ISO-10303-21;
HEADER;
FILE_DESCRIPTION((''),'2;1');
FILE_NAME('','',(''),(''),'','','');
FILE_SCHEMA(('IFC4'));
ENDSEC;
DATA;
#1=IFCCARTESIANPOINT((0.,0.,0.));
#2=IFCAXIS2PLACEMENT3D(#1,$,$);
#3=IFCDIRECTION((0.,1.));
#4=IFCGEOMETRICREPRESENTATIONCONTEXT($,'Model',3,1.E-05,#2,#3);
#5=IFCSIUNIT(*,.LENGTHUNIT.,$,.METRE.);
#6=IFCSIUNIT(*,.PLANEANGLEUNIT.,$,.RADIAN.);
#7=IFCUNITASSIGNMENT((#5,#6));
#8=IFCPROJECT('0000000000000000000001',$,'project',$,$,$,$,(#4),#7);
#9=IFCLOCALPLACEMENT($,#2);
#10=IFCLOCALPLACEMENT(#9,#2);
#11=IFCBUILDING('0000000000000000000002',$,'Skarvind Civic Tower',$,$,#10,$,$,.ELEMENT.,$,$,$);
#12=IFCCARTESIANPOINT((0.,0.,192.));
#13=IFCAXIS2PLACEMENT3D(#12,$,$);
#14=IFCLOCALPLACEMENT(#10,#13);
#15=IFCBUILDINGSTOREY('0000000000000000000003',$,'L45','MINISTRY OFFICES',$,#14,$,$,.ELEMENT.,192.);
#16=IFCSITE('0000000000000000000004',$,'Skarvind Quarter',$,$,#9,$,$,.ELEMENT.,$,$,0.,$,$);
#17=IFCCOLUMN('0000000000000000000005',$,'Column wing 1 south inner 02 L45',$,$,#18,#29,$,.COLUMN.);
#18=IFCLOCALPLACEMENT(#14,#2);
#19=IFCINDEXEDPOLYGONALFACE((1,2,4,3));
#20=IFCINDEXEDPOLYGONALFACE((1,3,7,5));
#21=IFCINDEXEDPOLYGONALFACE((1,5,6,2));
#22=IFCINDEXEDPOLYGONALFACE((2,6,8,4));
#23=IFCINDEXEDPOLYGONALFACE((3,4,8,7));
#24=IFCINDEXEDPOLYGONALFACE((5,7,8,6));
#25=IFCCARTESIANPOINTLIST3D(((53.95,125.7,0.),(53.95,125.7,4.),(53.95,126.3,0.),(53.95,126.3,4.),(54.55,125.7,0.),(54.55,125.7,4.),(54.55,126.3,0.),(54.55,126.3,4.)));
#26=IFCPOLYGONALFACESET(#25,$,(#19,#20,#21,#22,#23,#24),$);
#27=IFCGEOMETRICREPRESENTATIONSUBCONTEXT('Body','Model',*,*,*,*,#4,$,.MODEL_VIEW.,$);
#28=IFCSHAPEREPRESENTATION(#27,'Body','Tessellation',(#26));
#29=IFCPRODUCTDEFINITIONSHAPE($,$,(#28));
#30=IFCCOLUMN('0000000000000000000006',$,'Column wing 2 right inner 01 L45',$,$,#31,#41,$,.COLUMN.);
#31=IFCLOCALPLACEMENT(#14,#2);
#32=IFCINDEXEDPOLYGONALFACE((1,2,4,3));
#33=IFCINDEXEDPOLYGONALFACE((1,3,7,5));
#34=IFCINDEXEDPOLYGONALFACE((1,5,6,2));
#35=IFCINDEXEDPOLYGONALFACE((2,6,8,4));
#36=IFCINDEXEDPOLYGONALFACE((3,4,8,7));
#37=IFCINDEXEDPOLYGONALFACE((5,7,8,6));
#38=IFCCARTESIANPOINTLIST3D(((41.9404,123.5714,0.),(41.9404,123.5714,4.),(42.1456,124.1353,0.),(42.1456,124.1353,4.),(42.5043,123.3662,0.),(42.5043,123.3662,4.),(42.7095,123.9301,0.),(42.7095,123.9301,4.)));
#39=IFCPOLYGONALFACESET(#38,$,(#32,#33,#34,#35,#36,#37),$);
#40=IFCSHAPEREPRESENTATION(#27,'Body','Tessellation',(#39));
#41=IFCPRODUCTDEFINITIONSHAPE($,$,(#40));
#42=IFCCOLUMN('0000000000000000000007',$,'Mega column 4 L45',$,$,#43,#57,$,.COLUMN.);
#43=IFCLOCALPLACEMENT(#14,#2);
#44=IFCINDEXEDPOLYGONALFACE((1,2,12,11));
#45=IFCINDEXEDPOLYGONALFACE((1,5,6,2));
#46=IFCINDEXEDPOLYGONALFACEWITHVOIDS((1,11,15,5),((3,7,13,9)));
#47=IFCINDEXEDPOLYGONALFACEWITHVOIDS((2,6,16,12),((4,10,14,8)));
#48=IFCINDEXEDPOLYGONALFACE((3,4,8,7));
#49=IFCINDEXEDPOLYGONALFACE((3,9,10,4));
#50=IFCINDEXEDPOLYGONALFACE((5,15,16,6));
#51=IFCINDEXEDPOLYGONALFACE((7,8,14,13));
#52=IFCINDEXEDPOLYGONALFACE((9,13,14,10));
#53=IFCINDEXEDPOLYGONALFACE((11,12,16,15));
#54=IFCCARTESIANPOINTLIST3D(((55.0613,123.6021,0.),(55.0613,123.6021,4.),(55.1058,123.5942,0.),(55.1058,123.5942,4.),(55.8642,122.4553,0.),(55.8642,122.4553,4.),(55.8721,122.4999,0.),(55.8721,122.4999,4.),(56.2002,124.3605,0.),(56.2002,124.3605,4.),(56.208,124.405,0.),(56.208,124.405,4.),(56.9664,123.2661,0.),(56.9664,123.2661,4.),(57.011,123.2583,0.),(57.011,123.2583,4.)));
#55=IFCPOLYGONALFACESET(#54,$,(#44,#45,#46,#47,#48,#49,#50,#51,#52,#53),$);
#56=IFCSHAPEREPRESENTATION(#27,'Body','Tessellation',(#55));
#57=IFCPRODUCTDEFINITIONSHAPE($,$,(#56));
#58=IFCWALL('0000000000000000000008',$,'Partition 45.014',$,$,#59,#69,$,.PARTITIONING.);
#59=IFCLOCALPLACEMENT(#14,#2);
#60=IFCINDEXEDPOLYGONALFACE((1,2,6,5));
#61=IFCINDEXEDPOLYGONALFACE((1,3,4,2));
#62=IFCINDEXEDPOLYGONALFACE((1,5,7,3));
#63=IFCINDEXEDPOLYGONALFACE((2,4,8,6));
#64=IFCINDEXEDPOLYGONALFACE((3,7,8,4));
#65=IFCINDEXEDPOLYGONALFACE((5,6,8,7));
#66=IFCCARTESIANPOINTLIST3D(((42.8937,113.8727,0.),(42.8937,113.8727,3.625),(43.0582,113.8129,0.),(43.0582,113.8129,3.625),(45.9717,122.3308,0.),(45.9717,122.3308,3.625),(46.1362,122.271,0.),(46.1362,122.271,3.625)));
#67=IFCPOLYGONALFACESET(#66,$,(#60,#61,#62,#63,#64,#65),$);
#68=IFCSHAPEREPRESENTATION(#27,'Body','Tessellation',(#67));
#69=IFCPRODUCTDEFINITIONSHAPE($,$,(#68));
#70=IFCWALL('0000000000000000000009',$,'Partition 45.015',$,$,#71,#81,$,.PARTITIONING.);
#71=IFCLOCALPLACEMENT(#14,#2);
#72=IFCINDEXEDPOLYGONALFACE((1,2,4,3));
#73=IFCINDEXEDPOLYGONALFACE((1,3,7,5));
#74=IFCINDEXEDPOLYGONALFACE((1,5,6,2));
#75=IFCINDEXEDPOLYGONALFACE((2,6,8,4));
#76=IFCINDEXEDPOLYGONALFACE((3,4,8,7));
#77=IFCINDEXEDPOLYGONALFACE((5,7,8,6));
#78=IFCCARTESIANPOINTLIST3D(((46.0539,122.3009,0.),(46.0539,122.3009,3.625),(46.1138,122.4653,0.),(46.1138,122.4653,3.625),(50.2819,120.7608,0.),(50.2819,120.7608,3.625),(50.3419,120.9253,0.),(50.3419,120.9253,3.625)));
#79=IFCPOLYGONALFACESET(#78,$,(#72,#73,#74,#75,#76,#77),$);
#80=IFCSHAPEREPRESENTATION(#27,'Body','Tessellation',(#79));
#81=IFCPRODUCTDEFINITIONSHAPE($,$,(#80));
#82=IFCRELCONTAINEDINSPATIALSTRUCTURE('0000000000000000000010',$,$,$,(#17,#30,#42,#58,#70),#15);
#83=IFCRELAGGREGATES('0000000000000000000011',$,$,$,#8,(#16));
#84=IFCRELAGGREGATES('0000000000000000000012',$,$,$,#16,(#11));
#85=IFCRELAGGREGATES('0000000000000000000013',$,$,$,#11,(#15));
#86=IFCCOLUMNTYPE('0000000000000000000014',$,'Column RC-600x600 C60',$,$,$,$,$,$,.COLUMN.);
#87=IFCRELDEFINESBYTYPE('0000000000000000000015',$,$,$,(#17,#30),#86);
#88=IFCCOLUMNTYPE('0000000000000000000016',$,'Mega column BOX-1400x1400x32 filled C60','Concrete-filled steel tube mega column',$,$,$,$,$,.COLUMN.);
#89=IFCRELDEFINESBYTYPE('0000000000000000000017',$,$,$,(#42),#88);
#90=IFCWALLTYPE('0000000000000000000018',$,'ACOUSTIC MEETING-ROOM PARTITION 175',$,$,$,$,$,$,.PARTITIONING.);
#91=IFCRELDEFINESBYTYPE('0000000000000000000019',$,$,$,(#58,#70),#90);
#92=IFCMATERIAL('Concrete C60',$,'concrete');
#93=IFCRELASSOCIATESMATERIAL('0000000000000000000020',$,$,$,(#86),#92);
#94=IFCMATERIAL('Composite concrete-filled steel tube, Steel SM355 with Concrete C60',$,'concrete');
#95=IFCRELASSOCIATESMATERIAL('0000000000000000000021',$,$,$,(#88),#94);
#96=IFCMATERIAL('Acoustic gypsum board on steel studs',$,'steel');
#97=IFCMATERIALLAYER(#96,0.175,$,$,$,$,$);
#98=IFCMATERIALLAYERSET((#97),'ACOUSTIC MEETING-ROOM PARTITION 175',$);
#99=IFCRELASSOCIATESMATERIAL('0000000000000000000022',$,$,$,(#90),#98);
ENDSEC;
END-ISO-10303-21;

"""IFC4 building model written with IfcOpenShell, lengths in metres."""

from ifc_helpers import new_model, si_unit, direction, frame, frame_2d, origin, origin_2d, place, context, subcontext, project, spatial, rectangle, hollow_rectangle, extrude, material, layer, layer_set, material_profile, profile_set, type_object, element, save


model = new_model("IFC4")

# Units and contexts
model_context = context("Model", 3, precision=1e-05, world=origin(), true_north=direction((0.0, 1.0)))
body_context = subcontext(model_context, "Body", "Model", "MODEL_VIEW")
ifc_project = project(units=[si_unit("LENGTHUNIT", "METRE"), si_unit("PLANEANGLEUNIT", "RADIAN")], contexts=[model_context])

# Site, building, storey
site_placement = place(None, origin())
site = spatial("IfcSite", under=ifc_project, at=site_placement, Name="Skarvind Quarter", CompositionType="ELEMENT", RefElevation=0.0)
building_placement = place(site_placement, origin())
building = spatial("IfcBuilding", under=site, at=building_placement, Name="Skarvind Civic Tower", CompositionType="ELEMENT")
storey_placement = place(building_placement, frame((0.0, 0.0, 192.0)))
storey = spatial("IfcBuildingStorey", under=building, at=storey_placement, Name="L45", Description="MINISTRY OFFICES", CompositionType="ELEMENT", Elevation=192.0)

# Columns
ifc_material_1 = material(Name="Concrete C60", Category="concrete")
ifc_material_profile_1 = material_profile(ifc_material_1, rectangle(XDim=0.6001, YDim=0.6001, at=origin_2d()), Name="RC-600x600")
ifc_profile_set_1 = profile_set([ifc_material_profile_1], Name="Concrete C60")
column_type_1 = type_object("IfcColumnType", Name="Column RC-600x600 C60", PredefinedType="COLUMN", material=ifc_profile_set_1)
for number, where, z_axis, x_axis, name in (
    (1, (54.25, 126.0, 0.0), (0.0, 0.0, 1.0), (1.0, 0.0, 0.0), "Column wing 1 south inner 02 L45"),
    (2, (42.325, 123.7507, 0.0), (0.0, 0.0, 1.0), (-0.34202, -0.939693, 0.0), "Column wing 2 right inner 01 L45"),
):
    element("IfcColumn", number, at=place(storey_placement, frame(where, z_axis=z_axis, x_axis=x_axis)), inside=storey, type_object=column_type_1, Name=name, PredefinedType="COLUMN", context=body_context, shape_type="SweptSolid", body=[
        extrude(rectangle(XDim=0.6001, YDim=0.6001, at=origin_2d()), origin(), (0.0, 0.0, 1.0), 4.0),
    ])
ifc_material_2 = material(Name="Composite concrete-filled steel tube, Steel SM355 with Concrete C60", Category="concrete")
ifc_material_profile_2 = material_profile(ifc_material_2, hollow_rectangle(XDim=1.3999, YDim=1.3999, WallThickness=0.032, at=origin_2d()), Name="BOX-1400x1400x32")
ifc_profile_set_2 = profile_set([ifc_material_profile_2], Name="Composite concrete-filled steel tube, Steel SM355 with Concrete C60")
column_type_2 = type_object("IfcColumnType", Name="Mega column BOX-1400x1400x32 filled C60", Description="Concrete-filled steel tube mega column", PredefinedType="COLUMN", material=ifc_profile_set_2)
column_placement = place(storey_placement, frame((56.0361, 123.4302, 0.0), z_axis=(0.0, 0.0, 1.0), x_axis=(0.573576, -0.819152, 0.0)))
element("IfcColumn", 3, at=column_placement, inside=storey, type_object=column_type_2, Name="Mega column 4 L45", PredefinedType="COLUMN", context=body_context, shape_type="SweptSolid", body=[
    extrude(hollow_rectangle(XDim=1.3999, YDim=1.3999, WallThickness=0.032, at=origin_2d()), origin(), (0.0, 0.0, 1.0), 4.0),
])

# Walls
ifc_material_3 = material(Name="Acoustic gypsum board on steel studs", Category="steel")
ifc_layer_1 = layer(ifc_material_3, 0.175)
ifc_layer_set_1 = layer_set([ifc_layer_1], Name="ACOUSTIC MEETING-ROOM PARTITION 175")
wall_type_1 = type_object("IfcWallType", Name="ACOUSTIC MEETING-ROOM PARTITION 175", PredefinedType="PARTITIONING", material=ifc_layer_set_1)
wall_1_placement = place(storey_placement, frame((46.054, 122.301, 0.0), z_axis=(0.0, 0.0, 1.0), x_axis=(-0.341963, -0.939713, 0.0)))
element("IfcWall", 4, at=wall_1_placement, inside=storey, type_object=wall_type_1, Name="Partition 45.014", PredefinedType="PARTITIONING", context=body_context, shape_type="SweptSolid", body=[
    extrude(rectangle(XDim=9.0007, YDim=0.175, at=frame_2d((4.5005, 0.0))), origin(), (0.0, 0.0, 1.0), 3.625),
])
wall_2_placement = place(storey_placement, frame((50.312, 120.843, 0.0), z_axis=(0.0, 0.0, 1.0), x_axis=(-0.93961, 0.342248, 0.0)))
element("IfcWall", 5, at=wall_2_placement, inside=storey, type_object=wall_type_1, Name="Partition 45.015", PredefinedType="PARTITIONING", context=body_context, shape_type="SweptSolid", body=[
    extrude(rectangle(XDim=4.4998, YDim=0.175, at=frame_2d((2.25, 0.0))), origin(), (0.0, 0.0, 1.0), 3.625),
])

save(model, "model.ifc")
